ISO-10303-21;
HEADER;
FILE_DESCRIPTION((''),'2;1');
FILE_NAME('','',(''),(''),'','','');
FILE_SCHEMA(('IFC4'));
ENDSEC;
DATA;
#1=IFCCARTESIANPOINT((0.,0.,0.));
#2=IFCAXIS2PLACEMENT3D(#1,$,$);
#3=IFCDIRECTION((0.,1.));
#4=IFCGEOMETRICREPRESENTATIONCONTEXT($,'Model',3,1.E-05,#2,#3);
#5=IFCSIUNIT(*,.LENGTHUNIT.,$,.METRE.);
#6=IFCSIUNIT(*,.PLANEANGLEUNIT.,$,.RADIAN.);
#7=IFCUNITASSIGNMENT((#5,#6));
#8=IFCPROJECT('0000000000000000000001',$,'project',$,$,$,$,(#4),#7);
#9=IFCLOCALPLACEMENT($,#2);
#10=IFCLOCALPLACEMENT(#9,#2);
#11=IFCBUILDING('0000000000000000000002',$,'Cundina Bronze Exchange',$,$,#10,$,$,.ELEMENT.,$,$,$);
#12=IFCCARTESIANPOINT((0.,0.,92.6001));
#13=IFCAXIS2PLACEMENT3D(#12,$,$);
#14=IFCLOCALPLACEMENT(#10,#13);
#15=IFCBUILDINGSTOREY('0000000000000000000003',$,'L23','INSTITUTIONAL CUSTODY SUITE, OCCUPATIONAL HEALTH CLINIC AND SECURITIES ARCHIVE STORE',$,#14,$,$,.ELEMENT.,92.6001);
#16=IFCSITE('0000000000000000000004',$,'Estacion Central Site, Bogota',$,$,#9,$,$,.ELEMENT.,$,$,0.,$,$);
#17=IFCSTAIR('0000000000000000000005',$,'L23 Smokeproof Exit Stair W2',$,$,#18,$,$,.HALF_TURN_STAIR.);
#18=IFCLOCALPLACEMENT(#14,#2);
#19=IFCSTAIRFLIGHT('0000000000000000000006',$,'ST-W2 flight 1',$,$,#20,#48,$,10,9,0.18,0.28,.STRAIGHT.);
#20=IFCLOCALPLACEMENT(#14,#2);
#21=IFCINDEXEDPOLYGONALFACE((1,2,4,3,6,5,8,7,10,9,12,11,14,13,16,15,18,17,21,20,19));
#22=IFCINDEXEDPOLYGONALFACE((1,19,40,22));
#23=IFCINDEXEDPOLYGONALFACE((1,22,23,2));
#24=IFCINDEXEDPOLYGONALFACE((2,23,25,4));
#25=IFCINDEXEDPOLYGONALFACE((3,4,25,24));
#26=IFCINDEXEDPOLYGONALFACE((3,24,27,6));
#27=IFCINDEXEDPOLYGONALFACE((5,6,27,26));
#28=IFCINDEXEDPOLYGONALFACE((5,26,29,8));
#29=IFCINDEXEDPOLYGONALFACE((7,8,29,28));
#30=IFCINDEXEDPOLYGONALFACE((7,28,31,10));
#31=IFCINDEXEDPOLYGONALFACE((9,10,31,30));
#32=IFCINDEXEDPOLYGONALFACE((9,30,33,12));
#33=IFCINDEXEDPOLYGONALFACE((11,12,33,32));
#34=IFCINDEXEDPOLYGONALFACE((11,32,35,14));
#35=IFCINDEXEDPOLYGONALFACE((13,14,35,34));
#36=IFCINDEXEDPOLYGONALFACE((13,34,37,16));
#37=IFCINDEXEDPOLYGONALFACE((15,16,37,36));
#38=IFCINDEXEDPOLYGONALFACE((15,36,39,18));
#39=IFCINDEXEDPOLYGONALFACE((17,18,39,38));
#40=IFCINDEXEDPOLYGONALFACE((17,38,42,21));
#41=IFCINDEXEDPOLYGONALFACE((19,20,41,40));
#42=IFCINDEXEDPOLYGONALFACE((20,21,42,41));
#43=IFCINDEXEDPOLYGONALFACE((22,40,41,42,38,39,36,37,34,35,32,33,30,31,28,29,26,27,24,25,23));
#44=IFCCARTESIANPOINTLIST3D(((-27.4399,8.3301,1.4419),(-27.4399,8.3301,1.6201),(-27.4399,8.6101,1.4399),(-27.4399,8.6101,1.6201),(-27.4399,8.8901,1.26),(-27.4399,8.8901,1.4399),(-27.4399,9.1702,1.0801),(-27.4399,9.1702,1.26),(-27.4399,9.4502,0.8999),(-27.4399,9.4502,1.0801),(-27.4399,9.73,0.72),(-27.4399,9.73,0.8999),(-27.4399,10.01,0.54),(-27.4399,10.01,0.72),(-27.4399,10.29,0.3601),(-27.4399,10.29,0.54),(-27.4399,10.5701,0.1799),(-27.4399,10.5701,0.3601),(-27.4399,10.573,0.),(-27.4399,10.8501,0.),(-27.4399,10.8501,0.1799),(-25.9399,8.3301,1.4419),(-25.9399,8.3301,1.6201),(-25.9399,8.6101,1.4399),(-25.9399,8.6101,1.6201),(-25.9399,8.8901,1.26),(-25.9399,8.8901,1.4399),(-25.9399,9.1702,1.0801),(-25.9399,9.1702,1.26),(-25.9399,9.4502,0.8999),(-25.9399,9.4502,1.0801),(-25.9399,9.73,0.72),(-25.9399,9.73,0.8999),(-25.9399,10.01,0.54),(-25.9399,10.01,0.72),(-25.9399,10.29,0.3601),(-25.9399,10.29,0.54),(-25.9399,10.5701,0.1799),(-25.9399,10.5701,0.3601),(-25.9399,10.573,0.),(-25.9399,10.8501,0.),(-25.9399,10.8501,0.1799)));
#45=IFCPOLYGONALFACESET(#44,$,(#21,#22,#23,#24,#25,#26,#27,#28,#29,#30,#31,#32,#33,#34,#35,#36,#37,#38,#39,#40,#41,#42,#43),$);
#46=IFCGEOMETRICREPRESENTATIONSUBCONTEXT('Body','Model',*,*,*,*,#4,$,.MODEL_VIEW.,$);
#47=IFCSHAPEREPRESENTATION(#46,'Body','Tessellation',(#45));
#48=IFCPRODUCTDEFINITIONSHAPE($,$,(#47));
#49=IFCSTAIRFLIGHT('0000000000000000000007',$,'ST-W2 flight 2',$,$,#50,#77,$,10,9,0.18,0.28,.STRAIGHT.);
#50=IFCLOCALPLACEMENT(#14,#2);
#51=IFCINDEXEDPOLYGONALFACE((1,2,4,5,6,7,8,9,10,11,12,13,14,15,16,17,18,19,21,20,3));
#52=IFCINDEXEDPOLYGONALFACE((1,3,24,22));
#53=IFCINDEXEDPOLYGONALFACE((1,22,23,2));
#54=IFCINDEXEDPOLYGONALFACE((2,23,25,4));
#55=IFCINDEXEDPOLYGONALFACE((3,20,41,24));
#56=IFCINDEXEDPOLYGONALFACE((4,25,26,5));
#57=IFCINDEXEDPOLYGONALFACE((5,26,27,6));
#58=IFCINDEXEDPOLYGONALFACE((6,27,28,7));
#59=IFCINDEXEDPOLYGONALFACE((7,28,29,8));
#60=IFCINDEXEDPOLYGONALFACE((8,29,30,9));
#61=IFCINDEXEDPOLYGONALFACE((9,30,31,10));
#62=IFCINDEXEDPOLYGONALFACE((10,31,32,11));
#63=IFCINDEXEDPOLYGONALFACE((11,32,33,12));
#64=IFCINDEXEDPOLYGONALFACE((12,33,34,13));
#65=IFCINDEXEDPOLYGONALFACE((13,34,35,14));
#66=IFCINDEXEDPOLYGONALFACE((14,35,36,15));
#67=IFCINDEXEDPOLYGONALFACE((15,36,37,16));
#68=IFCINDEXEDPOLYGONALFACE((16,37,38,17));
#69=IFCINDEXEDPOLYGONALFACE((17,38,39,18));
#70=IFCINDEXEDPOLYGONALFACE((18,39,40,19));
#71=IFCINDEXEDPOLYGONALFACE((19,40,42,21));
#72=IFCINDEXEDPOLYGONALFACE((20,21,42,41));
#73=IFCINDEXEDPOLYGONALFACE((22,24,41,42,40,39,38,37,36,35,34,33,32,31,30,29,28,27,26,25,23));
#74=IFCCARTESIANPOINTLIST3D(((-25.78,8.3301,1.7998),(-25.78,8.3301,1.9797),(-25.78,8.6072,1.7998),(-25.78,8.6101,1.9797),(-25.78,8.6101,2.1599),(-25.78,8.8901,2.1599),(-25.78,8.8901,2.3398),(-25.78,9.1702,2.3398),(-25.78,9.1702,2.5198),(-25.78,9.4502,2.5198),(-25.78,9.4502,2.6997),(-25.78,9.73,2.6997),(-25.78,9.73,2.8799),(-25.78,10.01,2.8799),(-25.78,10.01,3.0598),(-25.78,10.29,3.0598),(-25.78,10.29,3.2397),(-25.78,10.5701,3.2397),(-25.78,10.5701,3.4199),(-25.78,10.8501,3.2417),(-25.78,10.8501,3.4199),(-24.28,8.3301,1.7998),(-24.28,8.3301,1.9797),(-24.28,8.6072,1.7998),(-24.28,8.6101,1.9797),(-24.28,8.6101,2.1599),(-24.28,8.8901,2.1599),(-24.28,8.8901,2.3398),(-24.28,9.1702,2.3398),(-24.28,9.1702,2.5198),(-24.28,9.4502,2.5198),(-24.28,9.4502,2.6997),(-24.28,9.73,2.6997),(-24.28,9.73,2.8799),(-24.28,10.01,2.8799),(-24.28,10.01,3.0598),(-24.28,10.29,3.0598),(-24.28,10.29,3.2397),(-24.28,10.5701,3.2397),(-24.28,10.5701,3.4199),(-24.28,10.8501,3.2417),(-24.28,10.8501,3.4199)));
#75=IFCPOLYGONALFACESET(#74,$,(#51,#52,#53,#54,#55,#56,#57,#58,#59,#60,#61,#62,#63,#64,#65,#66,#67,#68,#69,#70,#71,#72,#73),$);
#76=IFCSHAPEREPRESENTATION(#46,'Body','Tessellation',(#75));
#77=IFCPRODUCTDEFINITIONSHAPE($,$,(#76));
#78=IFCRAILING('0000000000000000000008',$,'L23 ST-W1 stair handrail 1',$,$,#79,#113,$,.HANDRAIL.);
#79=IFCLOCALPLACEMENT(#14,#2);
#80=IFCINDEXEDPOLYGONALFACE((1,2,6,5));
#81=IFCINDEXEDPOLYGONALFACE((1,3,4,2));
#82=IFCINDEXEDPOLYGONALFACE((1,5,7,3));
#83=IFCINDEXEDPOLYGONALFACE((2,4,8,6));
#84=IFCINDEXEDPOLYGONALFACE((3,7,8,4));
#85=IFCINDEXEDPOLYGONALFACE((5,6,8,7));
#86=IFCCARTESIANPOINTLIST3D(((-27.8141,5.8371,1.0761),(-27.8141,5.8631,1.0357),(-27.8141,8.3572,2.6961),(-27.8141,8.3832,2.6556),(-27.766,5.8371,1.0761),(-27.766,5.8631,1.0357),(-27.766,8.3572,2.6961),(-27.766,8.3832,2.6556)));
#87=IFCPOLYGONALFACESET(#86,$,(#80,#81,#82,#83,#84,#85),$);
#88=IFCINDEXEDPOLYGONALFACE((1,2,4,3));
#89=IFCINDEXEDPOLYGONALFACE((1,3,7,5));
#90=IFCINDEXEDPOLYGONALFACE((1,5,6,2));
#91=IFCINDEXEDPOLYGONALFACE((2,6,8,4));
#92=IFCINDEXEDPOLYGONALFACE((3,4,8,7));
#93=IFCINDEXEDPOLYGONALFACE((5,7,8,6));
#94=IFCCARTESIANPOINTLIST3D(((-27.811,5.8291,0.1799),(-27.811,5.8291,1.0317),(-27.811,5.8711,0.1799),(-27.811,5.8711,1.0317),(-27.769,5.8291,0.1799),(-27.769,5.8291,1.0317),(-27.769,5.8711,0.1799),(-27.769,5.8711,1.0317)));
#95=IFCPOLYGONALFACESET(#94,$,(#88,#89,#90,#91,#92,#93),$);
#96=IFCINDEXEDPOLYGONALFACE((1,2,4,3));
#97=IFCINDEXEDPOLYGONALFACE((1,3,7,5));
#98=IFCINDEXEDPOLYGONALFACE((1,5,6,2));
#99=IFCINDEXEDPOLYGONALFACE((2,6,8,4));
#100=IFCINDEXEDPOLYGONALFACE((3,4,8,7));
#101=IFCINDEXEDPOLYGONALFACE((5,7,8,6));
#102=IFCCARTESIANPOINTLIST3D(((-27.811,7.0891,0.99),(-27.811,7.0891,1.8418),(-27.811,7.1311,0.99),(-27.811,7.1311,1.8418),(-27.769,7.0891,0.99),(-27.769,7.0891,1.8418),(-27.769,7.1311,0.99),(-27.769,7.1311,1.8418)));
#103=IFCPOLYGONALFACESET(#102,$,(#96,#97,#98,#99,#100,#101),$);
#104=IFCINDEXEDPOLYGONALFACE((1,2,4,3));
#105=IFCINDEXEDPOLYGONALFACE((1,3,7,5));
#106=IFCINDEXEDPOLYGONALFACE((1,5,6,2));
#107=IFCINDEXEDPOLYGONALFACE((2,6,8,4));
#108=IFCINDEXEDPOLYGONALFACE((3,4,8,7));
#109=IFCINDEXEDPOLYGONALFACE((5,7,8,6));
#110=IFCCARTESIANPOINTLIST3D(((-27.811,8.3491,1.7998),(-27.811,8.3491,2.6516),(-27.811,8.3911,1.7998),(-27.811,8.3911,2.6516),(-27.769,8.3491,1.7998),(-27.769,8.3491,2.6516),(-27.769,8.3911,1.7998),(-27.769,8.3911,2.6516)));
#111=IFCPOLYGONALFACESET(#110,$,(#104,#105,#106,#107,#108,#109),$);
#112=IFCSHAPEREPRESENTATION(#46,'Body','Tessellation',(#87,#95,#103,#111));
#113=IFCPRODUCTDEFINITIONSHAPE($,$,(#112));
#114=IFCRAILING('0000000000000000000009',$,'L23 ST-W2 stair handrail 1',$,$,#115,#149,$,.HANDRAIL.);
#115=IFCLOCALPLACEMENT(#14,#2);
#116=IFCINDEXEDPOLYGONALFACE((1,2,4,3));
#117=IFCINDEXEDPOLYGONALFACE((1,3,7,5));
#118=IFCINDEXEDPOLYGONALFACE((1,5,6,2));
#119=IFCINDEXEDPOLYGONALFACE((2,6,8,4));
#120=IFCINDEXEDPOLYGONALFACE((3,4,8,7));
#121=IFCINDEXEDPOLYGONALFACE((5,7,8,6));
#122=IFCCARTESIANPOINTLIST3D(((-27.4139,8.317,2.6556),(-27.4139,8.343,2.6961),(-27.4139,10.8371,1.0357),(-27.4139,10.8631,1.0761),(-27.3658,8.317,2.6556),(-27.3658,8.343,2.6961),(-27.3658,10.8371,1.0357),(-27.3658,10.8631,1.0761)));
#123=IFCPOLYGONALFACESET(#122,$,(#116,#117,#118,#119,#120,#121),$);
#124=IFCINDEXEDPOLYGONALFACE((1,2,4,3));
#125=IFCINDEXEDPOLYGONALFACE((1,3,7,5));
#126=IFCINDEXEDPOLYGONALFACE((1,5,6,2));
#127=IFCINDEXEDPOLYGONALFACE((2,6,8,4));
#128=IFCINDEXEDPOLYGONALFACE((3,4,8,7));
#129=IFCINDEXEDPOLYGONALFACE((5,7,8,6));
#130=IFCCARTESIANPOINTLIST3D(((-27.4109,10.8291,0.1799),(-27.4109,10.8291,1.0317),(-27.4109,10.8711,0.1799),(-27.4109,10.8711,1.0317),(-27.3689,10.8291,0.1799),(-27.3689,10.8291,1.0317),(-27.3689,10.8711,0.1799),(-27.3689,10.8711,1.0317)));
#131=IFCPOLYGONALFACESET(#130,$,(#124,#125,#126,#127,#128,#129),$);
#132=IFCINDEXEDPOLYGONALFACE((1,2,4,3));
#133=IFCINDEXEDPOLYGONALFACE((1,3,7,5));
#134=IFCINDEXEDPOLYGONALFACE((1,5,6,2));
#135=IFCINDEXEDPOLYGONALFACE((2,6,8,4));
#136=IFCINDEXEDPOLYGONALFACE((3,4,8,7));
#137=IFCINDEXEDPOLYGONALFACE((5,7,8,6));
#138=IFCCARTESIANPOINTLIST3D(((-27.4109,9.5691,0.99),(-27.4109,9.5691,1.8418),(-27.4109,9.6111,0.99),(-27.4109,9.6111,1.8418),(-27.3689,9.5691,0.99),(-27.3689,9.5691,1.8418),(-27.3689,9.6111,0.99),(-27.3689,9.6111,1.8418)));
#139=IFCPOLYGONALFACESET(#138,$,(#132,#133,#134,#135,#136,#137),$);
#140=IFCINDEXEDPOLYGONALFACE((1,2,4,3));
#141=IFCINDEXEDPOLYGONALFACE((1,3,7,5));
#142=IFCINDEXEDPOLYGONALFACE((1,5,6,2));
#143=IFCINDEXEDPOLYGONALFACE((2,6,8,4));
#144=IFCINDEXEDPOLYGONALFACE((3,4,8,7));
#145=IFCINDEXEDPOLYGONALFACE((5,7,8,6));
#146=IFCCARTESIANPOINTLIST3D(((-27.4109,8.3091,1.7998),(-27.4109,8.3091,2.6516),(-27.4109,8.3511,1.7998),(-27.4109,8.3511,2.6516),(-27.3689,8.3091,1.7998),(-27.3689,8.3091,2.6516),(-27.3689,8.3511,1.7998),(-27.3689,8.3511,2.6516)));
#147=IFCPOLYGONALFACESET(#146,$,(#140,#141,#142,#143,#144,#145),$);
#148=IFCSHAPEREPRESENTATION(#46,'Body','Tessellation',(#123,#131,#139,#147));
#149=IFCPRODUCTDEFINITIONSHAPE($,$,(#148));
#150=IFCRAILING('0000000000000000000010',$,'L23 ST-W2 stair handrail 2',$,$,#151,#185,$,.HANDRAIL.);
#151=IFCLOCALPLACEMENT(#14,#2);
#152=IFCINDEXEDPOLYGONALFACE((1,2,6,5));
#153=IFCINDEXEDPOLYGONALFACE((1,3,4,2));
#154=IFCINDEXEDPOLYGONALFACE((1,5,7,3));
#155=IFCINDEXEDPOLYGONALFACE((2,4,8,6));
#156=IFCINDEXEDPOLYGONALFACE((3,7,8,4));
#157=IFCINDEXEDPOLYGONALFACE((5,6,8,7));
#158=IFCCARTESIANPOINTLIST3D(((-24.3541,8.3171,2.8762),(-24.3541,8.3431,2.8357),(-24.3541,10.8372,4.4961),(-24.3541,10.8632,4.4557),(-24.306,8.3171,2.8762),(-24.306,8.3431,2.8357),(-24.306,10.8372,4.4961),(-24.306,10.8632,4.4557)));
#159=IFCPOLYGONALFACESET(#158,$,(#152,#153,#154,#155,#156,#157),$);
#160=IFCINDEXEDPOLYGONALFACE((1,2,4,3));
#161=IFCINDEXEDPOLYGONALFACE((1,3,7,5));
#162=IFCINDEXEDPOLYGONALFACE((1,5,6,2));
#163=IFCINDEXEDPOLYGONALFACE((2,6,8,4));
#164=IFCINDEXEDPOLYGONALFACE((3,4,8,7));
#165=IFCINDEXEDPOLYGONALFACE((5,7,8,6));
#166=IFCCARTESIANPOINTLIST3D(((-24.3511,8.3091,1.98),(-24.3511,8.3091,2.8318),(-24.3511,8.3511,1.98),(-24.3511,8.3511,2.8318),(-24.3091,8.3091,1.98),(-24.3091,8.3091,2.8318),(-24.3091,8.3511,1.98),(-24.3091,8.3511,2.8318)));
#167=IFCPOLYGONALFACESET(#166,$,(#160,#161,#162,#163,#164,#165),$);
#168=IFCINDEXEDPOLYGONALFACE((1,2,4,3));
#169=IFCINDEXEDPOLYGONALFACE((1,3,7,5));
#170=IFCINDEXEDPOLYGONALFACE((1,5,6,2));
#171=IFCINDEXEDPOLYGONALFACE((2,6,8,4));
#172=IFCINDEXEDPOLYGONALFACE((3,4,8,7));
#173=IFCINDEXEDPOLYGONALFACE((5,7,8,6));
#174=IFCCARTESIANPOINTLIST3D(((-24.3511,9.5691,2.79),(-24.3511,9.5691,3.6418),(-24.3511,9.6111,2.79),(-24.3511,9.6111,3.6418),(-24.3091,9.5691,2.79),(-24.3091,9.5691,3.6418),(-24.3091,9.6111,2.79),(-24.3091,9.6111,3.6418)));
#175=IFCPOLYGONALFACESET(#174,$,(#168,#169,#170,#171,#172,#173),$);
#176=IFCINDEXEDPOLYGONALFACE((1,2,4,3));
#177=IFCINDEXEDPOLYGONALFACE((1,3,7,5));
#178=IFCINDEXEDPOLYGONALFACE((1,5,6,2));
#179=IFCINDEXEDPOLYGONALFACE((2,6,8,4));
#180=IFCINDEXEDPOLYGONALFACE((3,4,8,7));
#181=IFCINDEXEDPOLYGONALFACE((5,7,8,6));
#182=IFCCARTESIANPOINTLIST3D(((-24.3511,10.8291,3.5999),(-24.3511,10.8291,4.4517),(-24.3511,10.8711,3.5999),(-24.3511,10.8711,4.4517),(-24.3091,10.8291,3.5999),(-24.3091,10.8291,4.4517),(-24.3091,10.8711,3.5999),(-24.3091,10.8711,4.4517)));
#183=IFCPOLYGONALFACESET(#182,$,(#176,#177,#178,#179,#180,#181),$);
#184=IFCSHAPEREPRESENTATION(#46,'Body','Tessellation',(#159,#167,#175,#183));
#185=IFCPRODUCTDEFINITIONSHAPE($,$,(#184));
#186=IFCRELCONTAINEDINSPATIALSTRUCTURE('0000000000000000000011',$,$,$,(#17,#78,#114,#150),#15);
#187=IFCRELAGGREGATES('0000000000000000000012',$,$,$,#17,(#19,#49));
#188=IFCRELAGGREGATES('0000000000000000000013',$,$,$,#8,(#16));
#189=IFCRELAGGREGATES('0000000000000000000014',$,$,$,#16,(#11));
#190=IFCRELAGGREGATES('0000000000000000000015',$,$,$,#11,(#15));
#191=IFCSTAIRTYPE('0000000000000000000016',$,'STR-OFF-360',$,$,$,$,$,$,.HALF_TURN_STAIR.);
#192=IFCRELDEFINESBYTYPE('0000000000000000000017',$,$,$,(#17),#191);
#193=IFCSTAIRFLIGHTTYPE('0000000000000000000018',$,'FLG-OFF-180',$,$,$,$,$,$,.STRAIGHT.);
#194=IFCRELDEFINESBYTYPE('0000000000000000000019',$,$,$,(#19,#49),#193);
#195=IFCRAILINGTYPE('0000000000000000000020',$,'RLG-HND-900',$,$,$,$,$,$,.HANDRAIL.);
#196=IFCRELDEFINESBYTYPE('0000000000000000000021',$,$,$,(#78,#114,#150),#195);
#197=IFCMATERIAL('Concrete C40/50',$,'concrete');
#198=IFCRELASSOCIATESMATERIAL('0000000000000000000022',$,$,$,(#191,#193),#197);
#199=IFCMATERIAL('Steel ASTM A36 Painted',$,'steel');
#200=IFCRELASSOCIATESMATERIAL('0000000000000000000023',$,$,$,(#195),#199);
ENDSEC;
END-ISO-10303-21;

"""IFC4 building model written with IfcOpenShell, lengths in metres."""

from ifc_helpers import new_model, si_unit, direction, frame, origin, origin_2d, place, context, subcontext, project, spatial, polyline, rectangle, outline, extrude, material, type_object, element, aggregate, save


model = new_model("IFC4")

# Units and contexts
model_context = context("Model", 3, precision=1e-05, world=origin(), true_north=direction((0.0, 1.0)))
body_context = subcontext(model_context, "Body", "Model", "MODEL_VIEW")
ifc_project = project(units=[si_unit("LENGTHUNIT", "METRE"), si_unit("PLANEANGLEUNIT", "RADIAN")], contexts=[model_context])

# Site, building, storey
site_placement = place(None, origin())
site = spatial("IfcSite", under=ifc_project, at=site_placement, Name="Estacion Central Site, Bogota", CompositionType="ELEMENT", RefElevation=0.0)
building_placement = place(site_placement, origin())
building = spatial("IfcBuilding", under=site, at=building_placement, Name="Cundina Bronze Exchange", CompositionType="ELEMENT")
storey_placement = place(building_placement, frame((0.0, 0.0, 92.6001)))
storey = spatial("IfcBuildingStorey", under=building, at=storey_placement, Name="L23", Description="INSTITUTIONAL CUSTODY SUITE, OCCUPATIONAL HEALTH CLINIC AND SECURITIES ARCHIVE STORE", CompositionType="ELEMENT", Elevation=92.6001)

# Shared definitions
ifc_material_1 = material(Name="Steel ASTM A36 Painted", Category="steel")

# Stair, stair flights
ifc_material_2 = material(Name="Concrete C40/50", Category="concrete")
stair_type = type_object("IfcStairType", Name="STR-OFF-360", PredefinedType="HALF_TURN_STAIR", material=ifc_material_2)
stair_placement = place(storey_placement, origin())
stair = element("IfcStair", 1, at=stair_placement, inside=storey, type_object=stair_type, Name="L23 Smokeproof Exit Stair W2", PredefinedType="HALF_TURN_STAIR")
stair_flight_type = type_object("IfcStairFlightType", Name="FLG-OFF-180", PredefinedType="STRAIGHT", material=ifc_material_2)
stair_flight_1_placement = place(storey_placement, frame((-26.6899, 10.8501, 0.0), z_axis=(0.0, 0.0, 1.0), x_axis=(0.0, -1.0, 0.0)))
stair_flight_1 = element("IfcStairFlight", 2, at=stair_flight_1_placement, type_object=stair_flight_type, Name="ST-W2 flight 1", NumberOfRisers=10, NumberOfTreads=9, PredefinedType="STRAIGHT", RiserHeight=0.18, TreadLength=0.28, context=body_context, shape_type="SweptSolid", body=[
    extrude(outline(polyline([(0.0, 0.0), (0.0, 0.1799), (0.28, 0.1799), (0.28, 0.3601), (0.5601, 0.3601), (0.5601, 0.54), (0.8401, 0.54), (0.8401, 0.72), (1.1201, 0.72), (1.1201, 0.8999), (1.3999, 0.8999), (1.3999, 1.0801), (1.6799, 1.0801), (1.6799, 1.26), (1.96, 1.26), (1.96, 1.4399), (2.24, 1.4399), (2.24, 1.6201), (2.52, 1.6201), (2.52, 1.8), (2.52, 1.4419), (0.2771, 0.0), (0.0, 0.0)])), frame((0.0, 0.75, 0.0), z_axis=(0.0, -1.0, 0.0), x_axis=(1.0, 0.0, 0.0)), (0.0, 0.0, 1.0), 1.5),
])
stair_flight_2_placement = place(storey_placement, frame((-25.03, 8.3301, 1.7998), z_axis=(0.0, 0.0, 1.0), x_axis=(0.0, 1.0, 0.0)))
stair_flight_2 = element("IfcStairFlight", 3, at=stair_flight_2_placement, type_object=stair_flight_type, Name="ST-W2 flight 2", NumberOfRisers=10, NumberOfTreads=9, PredefinedType="STRAIGHT", RiserHeight=0.18, TreadLength=0.28, context=body_context, shape_type="SweptSolid", body=[
    extrude(outline(polyline([(0.0, 0.0), (0.0, 0.1799), (0.28, 0.1799), (0.28, 0.3601), (0.5601, 0.3601), (0.5601, 0.54), (0.8401, 0.54), (0.8401, 0.72), (1.1201, 0.72), (1.1201, 0.8999), (1.3999, 0.8999), (1.3999, 1.0801), (1.6799, 1.0801), (1.6799, 1.26), (1.96, 1.26), (1.96, 1.4399), (2.24, 1.4399), (2.24, 1.6201), (2.52, 1.6201), (2.52, 1.8), (2.52, 1.4419), (0.2771, 0.0), (0.0, 0.0)])), frame((0.0, 0.75, 0.0), z_axis=(0.0, -1.0, 0.0), x_axis=(1.0, 0.0, 0.0)), (0.0, 0.0, 1.0), 1.5),
])
aggregate(stair, [stair_flight_1, stair_flight_2])

# Railings
railing_type_1 = type_object("IfcRailingType", Name="RLG-HND-900", PredefinedType="HANDRAIL", material=ifc_material_1)
railing_1_placement = place(storey_placement, frame((-27.79, 5.8501, 0.1799)))
element("IfcRailing", 4, at=railing_1_placement, inside=storey, type_object=railing_type_1, Name="L23 ST-W1 stair handrail 1", PredefinedType="HANDRAIL", context=body_context, shape_type="SweptSolid", body=[
    extrude(rectangle(XDim=0.0481, YDim=0.0481, at=origin_2d()), frame((0.0, 0.0, 0.876), z_axis=(0.0, 0.8412, 0.540725), x_axis=(-1.0, 0.0, 0.0)), (0.0, 0.0, 1.0), 2.9958),
    extrude(rectangle(XDim=0.042, YDim=0.042, at=origin_2d()), origin(), (0.0, 0.0, 1.0), 0.8518),
    extrude(rectangle(XDim=0.042, YDim=0.042, at=origin_2d()), frame((0.0, 1.26, 0.8101)), (0.0, 0.0, 1.0), 0.8518),
    extrude(rectangle(XDim=0.042, YDim=0.042, at=origin_2d()), frame((0.0, 2.52, 1.6199)), (0.0, 0.0, 1.0), 0.8518),
])
railing_2_placement = place(storey_placement, frame((-27.3899, 10.8501, 0.1799)))
element("IfcRailing", 5, at=railing_2_placement, inside=storey, type_object=railing_type_1, Name="L23 ST-W2 stair handrail 1", PredefinedType="HANDRAIL", context=body_context, shape_type="SweptSolid", body=[
    extrude(rectangle(XDim=0.0481, YDim=0.0481, at=origin_2d()), frame((0.0, 0.0, 0.876), z_axis=(0.0, -0.8412, 0.540725), x_axis=(1.0, 0.0, 0.0)), (0.0, 0.0, 1.0), 2.9958),
    extrude(rectangle(XDim=0.042, YDim=0.042, at=origin_2d()), origin(), (0.0, 0.0, 1.0), 0.8518),
    extrude(rectangle(XDim=0.042, YDim=0.042, at=origin_2d()), frame((0.0, -1.26, 0.8101)), (0.0, 0.0, 1.0), 0.8518),
    extrude(rectangle(XDim=0.042, YDim=0.042, at=origin_2d()), frame((0.0, -2.52, 1.6199)), (0.0, 0.0, 1.0), 0.8518),
])
railing_3_placement = place(storey_placement, frame((-24.3301, 8.3301, 1.98)))
element("IfcRailing", 6, at=railing_3_placement, inside=storey, type_object=railing_type_1, Name="L23 ST-W2 stair handrail 2", PredefinedType="HANDRAIL", context=body_context, shape_type="SweptSolid", body=[
    extrude(rectangle(XDim=0.0481, YDim=0.0481, at=origin_2d()), frame((0.0, 0.0, 0.876), z_axis=(0.0, 0.8412, 0.540725), x_axis=(-1.0, 0.0, 0.0)), (0.0, 0.0, 1.0), 2.9958),
    extrude(rectangle(XDim=0.042, YDim=0.042, at=origin_2d()), origin(), (0.0, 0.0, 1.0), 0.8518),
    extrude(rectangle(XDim=0.042, YDim=0.042, at=origin_2d()), frame((0.0, 1.26, 0.8101)), (0.0, 0.0, 1.0), 0.8518),
    extrude(rectangle(XDim=0.042, YDim=0.042, at=origin_2d()), frame((0.0, 2.52, 1.6199)), (0.0, 0.0, 1.0), 0.8518),
])

save(model, "model.ifc")
